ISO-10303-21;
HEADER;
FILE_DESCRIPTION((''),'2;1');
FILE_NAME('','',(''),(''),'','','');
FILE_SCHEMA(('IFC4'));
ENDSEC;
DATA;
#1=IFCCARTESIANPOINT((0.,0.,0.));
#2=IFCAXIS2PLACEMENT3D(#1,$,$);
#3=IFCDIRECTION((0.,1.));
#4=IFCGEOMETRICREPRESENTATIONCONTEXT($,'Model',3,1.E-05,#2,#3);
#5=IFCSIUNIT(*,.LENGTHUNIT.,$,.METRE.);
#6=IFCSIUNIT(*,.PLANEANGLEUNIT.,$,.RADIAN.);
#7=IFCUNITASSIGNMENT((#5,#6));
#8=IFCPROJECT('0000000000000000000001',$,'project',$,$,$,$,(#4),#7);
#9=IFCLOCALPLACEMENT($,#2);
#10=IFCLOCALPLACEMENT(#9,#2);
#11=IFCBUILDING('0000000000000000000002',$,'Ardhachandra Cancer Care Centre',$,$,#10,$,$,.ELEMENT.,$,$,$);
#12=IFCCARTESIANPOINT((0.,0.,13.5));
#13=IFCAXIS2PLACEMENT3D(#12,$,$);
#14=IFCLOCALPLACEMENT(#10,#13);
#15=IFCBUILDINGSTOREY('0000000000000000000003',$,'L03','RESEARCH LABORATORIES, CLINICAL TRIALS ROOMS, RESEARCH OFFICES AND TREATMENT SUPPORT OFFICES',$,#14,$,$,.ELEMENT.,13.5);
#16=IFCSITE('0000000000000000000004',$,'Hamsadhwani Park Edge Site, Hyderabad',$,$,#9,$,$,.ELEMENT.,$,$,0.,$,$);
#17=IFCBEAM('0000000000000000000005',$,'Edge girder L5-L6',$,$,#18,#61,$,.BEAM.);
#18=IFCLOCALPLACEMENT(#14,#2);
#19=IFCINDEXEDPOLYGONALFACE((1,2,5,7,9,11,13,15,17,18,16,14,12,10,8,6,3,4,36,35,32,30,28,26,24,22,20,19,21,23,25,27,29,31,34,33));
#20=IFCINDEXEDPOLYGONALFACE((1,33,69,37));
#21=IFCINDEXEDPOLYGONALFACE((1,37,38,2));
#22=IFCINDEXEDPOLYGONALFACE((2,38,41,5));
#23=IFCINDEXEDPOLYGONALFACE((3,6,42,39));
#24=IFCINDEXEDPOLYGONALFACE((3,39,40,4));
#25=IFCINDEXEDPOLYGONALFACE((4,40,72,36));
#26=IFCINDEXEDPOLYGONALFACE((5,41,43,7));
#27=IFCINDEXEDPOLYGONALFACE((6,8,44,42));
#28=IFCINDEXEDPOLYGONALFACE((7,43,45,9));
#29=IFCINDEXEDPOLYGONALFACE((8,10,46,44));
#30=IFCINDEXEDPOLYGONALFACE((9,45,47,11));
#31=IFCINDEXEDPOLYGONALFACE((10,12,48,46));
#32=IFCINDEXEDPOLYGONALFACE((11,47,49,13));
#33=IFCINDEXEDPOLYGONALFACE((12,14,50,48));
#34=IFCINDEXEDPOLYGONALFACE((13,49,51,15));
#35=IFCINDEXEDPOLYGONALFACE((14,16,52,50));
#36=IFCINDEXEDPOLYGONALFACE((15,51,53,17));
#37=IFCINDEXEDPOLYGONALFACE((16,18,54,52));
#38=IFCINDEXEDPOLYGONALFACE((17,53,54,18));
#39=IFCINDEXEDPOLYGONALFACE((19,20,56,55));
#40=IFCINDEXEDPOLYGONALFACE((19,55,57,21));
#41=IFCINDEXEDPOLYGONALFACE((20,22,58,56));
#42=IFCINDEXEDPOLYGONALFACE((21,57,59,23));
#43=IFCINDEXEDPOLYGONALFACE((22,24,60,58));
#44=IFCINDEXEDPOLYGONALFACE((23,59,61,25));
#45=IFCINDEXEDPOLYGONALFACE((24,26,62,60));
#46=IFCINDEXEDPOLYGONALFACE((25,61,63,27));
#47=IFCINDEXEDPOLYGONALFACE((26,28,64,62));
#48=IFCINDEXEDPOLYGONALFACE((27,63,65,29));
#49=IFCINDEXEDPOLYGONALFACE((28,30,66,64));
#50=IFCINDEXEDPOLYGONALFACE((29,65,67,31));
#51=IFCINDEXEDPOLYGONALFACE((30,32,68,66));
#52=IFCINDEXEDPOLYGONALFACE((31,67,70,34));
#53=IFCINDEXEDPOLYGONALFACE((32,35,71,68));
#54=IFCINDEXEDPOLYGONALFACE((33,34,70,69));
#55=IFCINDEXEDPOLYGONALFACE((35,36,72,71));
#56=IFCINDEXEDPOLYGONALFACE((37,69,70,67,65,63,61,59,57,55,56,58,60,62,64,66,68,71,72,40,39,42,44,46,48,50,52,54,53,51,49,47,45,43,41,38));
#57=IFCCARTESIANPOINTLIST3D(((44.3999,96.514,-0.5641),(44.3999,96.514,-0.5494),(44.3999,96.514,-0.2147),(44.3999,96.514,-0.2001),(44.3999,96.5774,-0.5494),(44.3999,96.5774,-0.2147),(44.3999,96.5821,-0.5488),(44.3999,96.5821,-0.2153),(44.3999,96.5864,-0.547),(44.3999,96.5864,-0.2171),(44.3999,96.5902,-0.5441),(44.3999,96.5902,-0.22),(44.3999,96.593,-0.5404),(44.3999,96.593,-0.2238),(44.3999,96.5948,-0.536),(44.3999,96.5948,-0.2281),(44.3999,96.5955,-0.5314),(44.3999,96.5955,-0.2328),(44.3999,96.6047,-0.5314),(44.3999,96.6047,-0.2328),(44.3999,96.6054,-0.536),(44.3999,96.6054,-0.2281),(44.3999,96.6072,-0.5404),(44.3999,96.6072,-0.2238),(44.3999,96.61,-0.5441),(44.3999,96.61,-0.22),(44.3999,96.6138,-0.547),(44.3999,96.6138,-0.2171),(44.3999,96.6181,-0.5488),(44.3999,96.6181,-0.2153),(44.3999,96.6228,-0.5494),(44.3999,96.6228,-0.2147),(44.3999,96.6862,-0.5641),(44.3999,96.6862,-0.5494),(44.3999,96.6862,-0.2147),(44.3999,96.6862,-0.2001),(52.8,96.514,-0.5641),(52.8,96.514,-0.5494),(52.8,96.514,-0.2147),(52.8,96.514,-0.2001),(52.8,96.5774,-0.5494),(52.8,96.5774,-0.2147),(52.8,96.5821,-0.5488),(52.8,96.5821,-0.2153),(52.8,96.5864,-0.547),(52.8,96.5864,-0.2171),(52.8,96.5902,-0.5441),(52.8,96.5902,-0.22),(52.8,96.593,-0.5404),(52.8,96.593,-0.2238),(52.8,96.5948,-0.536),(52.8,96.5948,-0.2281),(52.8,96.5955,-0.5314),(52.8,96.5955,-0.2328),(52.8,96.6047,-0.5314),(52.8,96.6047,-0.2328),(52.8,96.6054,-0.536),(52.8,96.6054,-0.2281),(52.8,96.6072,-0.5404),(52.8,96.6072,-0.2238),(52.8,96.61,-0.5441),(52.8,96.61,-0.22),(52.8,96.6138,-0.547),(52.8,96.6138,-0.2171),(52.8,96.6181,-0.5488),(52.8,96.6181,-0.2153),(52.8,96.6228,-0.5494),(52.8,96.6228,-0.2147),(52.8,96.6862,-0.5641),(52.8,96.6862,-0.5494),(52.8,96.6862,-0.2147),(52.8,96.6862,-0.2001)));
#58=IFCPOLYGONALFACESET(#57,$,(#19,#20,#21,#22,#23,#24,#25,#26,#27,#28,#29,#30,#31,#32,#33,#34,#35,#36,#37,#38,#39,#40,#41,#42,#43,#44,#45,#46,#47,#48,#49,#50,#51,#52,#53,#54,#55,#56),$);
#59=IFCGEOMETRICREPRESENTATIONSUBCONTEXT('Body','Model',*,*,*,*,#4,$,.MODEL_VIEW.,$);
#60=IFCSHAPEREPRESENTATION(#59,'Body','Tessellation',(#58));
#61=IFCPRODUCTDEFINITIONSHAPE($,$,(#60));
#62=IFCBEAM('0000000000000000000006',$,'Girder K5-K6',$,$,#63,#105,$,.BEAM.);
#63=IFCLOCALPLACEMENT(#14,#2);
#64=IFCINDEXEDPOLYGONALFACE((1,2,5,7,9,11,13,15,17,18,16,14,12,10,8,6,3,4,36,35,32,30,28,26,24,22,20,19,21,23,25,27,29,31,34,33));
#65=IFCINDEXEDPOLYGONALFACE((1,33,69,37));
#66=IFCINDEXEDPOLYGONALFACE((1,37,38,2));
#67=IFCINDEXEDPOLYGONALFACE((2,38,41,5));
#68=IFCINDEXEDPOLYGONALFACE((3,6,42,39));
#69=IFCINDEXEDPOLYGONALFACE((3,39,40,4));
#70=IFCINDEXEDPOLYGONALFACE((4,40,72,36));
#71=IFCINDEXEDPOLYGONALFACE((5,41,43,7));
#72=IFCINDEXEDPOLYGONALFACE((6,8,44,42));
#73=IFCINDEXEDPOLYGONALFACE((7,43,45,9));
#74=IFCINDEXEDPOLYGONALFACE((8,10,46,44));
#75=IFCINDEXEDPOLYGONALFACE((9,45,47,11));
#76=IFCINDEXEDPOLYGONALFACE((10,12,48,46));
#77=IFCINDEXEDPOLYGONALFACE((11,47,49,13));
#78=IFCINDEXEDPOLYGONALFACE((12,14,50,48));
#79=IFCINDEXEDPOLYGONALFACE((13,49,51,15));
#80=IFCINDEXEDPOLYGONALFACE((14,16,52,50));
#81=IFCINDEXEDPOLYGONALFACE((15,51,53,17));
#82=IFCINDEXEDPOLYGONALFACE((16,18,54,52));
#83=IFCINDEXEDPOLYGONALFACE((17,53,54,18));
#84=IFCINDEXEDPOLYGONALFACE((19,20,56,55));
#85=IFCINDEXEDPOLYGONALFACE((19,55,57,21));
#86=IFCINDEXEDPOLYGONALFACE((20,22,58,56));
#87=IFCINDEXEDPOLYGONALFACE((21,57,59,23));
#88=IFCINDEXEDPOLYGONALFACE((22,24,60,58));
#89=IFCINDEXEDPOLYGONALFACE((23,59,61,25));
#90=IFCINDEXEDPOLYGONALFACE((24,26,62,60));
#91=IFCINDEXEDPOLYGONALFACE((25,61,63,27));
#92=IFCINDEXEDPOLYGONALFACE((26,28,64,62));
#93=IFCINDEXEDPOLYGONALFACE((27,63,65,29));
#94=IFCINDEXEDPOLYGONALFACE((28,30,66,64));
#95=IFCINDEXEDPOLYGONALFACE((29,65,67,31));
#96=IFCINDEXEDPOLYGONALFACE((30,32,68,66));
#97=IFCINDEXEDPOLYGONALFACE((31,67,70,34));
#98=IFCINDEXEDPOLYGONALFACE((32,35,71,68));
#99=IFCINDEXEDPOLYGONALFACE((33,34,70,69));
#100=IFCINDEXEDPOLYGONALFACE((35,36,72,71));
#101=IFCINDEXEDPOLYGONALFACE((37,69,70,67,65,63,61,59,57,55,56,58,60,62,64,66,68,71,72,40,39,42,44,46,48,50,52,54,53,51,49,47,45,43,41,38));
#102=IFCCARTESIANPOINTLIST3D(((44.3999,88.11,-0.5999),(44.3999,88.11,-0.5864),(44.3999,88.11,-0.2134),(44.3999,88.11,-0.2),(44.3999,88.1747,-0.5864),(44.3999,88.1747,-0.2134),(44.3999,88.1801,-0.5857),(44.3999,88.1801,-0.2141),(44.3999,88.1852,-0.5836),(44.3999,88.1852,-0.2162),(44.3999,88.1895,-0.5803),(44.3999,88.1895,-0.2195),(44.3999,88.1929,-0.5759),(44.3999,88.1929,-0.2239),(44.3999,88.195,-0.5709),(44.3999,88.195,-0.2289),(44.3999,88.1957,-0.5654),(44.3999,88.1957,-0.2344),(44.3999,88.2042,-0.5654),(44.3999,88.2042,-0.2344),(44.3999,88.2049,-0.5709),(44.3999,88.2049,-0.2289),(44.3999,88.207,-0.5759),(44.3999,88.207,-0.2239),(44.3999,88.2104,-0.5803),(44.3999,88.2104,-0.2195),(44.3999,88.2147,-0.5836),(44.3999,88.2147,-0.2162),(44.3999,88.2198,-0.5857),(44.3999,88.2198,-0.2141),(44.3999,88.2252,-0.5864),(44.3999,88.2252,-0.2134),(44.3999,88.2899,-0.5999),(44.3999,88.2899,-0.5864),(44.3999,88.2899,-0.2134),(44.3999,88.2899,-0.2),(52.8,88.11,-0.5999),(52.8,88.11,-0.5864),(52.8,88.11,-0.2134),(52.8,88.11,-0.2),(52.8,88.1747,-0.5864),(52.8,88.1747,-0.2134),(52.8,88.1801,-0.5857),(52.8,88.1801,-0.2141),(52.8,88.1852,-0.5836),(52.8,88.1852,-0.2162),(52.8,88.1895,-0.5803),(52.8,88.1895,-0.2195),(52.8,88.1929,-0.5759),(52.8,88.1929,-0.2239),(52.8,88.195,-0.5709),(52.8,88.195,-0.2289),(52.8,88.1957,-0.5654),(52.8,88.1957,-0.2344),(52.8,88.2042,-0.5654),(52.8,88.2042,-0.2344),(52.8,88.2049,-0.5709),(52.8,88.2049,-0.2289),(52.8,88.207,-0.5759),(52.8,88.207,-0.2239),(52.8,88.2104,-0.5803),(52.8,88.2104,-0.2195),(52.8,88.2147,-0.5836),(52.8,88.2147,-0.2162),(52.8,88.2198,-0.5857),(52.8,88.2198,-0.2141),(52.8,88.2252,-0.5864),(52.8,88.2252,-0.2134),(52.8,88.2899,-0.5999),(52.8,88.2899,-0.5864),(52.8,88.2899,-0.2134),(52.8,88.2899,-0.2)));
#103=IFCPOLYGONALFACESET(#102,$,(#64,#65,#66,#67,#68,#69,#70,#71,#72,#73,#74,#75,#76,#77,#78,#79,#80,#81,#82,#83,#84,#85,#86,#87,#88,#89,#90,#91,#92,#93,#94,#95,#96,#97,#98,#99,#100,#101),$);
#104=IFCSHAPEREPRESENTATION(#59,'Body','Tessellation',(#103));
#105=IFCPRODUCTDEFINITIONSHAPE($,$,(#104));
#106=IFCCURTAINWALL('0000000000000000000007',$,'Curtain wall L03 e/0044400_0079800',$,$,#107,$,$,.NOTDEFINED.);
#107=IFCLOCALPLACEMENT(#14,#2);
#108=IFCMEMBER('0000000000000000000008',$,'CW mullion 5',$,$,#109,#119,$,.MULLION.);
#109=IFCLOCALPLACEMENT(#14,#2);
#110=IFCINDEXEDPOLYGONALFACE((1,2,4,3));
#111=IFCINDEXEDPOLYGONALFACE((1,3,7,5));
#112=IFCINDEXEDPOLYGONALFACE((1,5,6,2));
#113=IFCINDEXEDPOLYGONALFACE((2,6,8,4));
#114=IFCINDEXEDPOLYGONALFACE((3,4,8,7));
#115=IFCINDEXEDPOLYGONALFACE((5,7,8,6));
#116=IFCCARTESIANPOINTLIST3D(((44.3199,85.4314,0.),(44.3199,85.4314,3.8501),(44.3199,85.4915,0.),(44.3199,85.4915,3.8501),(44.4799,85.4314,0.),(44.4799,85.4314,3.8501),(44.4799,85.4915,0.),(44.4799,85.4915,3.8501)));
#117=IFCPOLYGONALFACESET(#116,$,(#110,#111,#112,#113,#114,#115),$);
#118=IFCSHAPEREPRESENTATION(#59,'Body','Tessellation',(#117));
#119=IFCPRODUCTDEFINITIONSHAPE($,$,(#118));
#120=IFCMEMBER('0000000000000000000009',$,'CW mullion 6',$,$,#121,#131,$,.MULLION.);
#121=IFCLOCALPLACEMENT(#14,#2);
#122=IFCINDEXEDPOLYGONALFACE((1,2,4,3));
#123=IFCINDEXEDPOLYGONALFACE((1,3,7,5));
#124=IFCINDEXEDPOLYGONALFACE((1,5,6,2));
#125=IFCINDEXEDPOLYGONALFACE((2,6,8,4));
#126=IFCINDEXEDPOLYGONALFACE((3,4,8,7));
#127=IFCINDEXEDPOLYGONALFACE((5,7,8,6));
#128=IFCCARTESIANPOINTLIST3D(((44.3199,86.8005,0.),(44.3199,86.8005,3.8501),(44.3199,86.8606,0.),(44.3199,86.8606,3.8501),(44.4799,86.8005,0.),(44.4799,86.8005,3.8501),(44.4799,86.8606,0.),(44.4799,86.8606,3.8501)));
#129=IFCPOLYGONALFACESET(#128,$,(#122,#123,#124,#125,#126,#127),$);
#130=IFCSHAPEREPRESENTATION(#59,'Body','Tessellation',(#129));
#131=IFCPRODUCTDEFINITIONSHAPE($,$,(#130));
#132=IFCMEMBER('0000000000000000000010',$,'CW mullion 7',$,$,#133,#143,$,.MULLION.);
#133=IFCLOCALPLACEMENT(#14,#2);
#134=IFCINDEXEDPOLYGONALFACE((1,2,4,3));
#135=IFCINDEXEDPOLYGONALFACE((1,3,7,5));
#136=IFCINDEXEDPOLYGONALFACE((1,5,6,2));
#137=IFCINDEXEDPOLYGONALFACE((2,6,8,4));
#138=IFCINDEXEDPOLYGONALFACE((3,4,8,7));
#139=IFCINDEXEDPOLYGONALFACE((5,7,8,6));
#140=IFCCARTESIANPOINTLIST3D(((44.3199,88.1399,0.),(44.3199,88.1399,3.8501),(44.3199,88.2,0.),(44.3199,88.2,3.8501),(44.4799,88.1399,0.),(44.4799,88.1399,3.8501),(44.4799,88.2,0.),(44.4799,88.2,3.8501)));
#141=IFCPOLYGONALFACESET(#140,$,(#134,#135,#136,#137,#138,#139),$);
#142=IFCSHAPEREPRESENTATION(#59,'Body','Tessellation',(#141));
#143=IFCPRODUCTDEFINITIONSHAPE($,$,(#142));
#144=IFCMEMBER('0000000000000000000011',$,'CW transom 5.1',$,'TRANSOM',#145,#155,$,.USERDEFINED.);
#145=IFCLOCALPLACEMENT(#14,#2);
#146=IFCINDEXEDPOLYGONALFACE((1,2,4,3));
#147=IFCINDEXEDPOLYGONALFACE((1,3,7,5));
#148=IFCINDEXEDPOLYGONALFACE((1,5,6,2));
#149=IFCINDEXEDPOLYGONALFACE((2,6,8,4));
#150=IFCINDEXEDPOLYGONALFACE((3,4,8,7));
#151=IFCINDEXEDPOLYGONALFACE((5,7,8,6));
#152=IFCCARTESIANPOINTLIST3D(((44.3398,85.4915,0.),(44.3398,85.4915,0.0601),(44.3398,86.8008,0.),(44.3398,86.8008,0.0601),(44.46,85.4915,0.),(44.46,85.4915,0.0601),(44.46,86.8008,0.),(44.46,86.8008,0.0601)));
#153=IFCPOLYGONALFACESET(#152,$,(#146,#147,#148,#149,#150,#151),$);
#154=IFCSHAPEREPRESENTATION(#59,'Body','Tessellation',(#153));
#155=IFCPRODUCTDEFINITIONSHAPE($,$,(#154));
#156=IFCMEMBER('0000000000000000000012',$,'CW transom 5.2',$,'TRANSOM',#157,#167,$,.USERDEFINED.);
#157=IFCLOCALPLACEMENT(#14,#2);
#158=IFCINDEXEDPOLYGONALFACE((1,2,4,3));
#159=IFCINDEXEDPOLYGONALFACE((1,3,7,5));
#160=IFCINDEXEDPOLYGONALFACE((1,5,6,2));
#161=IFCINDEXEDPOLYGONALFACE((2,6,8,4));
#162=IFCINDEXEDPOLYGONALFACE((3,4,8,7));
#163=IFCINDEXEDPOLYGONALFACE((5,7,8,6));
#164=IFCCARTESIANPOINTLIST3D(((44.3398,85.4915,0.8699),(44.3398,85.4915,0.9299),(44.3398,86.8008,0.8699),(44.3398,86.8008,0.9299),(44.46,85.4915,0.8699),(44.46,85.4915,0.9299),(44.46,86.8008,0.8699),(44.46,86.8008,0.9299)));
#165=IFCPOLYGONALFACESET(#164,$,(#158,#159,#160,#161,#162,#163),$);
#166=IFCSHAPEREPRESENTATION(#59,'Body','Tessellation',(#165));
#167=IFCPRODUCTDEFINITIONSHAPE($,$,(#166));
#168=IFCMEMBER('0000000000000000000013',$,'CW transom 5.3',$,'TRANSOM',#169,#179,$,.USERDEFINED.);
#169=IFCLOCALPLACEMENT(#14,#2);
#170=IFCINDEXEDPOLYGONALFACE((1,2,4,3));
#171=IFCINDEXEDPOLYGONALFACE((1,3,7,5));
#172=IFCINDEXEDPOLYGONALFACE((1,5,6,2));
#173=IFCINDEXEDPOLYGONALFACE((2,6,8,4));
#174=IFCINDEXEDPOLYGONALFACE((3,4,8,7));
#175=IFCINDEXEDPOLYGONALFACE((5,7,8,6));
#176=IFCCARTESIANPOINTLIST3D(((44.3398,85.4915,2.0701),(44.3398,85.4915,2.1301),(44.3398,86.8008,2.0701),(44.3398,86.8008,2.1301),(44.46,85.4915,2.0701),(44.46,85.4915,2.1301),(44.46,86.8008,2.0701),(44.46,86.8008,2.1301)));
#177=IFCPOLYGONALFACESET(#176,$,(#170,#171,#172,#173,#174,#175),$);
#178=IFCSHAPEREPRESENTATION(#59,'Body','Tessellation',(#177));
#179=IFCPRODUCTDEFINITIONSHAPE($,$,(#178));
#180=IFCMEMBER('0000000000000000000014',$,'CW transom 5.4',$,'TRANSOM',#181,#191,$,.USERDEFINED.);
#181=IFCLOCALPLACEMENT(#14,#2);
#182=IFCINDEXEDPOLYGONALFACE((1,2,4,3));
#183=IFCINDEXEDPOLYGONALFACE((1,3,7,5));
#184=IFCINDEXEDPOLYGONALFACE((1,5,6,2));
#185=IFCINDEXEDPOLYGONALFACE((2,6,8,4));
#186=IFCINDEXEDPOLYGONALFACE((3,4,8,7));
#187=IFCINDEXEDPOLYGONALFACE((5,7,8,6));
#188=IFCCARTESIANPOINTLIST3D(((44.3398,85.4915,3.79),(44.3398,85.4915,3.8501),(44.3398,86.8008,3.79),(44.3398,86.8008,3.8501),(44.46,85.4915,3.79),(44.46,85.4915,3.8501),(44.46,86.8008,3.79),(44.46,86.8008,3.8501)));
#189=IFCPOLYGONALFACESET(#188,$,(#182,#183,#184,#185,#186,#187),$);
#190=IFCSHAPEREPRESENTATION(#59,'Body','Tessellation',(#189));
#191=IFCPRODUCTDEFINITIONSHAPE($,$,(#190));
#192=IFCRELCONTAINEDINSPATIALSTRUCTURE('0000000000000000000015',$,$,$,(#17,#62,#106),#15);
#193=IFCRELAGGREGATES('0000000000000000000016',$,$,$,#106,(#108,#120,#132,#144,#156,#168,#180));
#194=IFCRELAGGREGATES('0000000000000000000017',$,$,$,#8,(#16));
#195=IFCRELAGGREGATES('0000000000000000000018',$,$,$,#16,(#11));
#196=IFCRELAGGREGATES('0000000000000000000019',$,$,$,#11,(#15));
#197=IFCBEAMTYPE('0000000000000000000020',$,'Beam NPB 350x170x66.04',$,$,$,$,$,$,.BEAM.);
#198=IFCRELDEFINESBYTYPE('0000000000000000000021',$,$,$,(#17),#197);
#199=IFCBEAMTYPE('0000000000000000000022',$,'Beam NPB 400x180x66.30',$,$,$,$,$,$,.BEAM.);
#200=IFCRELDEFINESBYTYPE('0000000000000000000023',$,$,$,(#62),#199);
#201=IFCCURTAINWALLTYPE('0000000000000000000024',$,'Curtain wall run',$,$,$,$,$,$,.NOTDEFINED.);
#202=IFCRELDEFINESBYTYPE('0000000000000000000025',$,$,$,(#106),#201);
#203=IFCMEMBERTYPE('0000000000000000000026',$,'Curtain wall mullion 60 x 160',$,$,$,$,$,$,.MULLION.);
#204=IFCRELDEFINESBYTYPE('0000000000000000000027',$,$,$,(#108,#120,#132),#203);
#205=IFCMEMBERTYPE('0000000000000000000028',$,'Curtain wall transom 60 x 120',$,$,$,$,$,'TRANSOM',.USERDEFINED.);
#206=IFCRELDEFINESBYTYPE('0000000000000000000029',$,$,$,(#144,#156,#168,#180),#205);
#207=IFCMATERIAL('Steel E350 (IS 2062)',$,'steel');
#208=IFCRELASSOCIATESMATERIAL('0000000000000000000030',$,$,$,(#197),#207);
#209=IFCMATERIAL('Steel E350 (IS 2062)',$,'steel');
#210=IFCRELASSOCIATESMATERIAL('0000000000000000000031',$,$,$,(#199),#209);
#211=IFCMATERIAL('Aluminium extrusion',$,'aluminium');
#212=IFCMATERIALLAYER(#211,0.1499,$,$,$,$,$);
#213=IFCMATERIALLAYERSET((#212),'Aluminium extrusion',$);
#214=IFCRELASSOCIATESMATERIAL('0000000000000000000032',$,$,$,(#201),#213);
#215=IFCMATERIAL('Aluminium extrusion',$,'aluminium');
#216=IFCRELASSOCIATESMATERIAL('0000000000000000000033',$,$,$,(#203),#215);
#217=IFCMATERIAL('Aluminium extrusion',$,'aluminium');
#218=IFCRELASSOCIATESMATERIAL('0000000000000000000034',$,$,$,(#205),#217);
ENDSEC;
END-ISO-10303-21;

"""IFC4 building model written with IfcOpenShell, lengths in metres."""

from ifc_helpers import new_model, si_unit, direction, frame, origin, origin_2d, place, context, subcontext, project, spatial, rectangle, i_section, extrude, material, layer, layer_set, material_profile, profile_set, type_object, element, aggregate, save


model = new_model("IFC4")

# Units and contexts
model_context = context("Model", 3, precision=1e-05, world=origin(), true_north=direction((0.0, 1.0)))
body_context = subcontext(model_context, "Body", "Model", "MODEL_VIEW")
ifc_project = project(units=[si_unit("LENGTHUNIT", "METRE"), si_unit("PLANEANGLEUNIT", "RADIAN")], contexts=[model_context])

# Site, building, storey
site_placement = place(None, origin())
site = spatial("IfcSite", under=ifc_project, at=site_placement, Name="Hamsadhwani Park Edge Site, Hyderabad", CompositionType="ELEMENT", RefElevation=0.0)
building_placement = place(site_placement, origin())
building = spatial("IfcBuilding", under=site, at=building_placement, Name="Ardhachandra Cancer Care Centre", CompositionType="ELEMENT")
storey_placement = place(building_placement, frame((0.0, 0.0, 13.5)))
storey = spatial("IfcBuildingStorey", under=building, at=storey_placement, Name="L03", Description="RESEARCH LABORATORIES, CLINICAL TRIALS ROOMS, RESEARCH OFFICES AND TREATMENT SUPPORT OFFICES", CompositionType="ELEMENT", Elevation=13.5)

# Beams
ifc_material_1 = material(Name="Steel E350 (IS 2062)", Category="steel")
ifc_material_profile_1 = material_profile(ifc_material_1, i_section(OverallWidth=0.1721, OverallDepth=0.364, WebThickness=0.0093, FlangeThickness=0.0146, FilletRadius=0.0181, at=origin_2d()), Name="NPB 350x170x66.04")
ifc_profile_set_1 = profile_set([ifc_material_profile_1], Name="Steel E350 (IS 2062)")
beam_type_1 = type_object("IfcBeamType", Name="Beam NPB 350x170x66.04", PredefinedType="BEAM", material=ifc_profile_set_1)
beam_1_placement = place(storey_placement, frame((44.3999, 96.6001, -0.3821), z_axis=(1.0, 0.0, 0.0), x_axis=(0.0, 1.0, 0.0)))
element("IfcBeam", 1, at=beam_1_placement, inside=storey, type_object=beam_type_1, Name="Edge girder L5-L6", PredefinedType="BEAM", context=body_context, shape_type="SweptSolid", body=[
    extrude(i_section(OverallWidth=0.1721, OverallDepth=0.364, WebThickness=0.0093, FlangeThickness=0.0146, FilletRadius=0.0181, at=origin_2d()), origin(), (0.0, 0.0, 1.0), 8.4001),
])
ifc_material_2 = material(Name="Steel E350 (IS 2062)", Category="steel")
ifc_material_profile_2 = material_profile(ifc_material_2, i_section(OverallWidth=0.1799, OverallDepth=0.3999, WebThickness=0.0085, FlangeThickness=0.0134, FilletRadius=0.021, at=origin_2d()), Name="NPB 400x180x66.30")
ifc_profile_set_2 = profile_set([ifc_material_profile_2], Name="Steel E350 (IS 2062)")
beam_type_2 = type_object("IfcBeamType", Name="Beam NPB 400x180x66.30", PredefinedType="BEAM", material=ifc_profile_set_2)
beam_2_placement = place(storey_placement, frame((44.3999, 88.2, -0.3999), z_axis=(1.0, 0.0, 0.0), x_axis=(0.0, 1.0, 0.0)))
element("IfcBeam", 2, at=beam_2_placement, inside=storey, type_object=beam_type_2, Name="Girder K5-K6", PredefinedType="BEAM", context=body_context, shape_type="SweptSolid", body=[
    extrude(i_section(OverallWidth=0.1799, OverallDepth=0.3999, WebThickness=0.0085, FlangeThickness=0.0134, FilletRadius=0.021, at=origin_2d()), origin(), (0.0, 0.0, 1.0), 8.4001),
])

# Curtain wall, members
ifc_material_3 = material(Name="Aluminium extrusion", Category="aluminium")
ifc_layer_1 = layer(ifc_material_3, 0.1499)
ifc_layer_set_1 = layer_set([ifc_layer_1], Name="Aluminium extrusion")
curtain_wall_type = type_object("IfcCurtainWallType", Name="Curtain wall run", PredefinedType="NOTDEFINED", material=ifc_layer_set_1)
curtain_wall_placement = place(storey_placement, origin())
curtain_wall = element("IfcCurtainWall", 3, at=curtain_wall_placement, inside=storey, type_object=curtain_wall_type, Name="Curtain wall L03 e/0044400_0079800", PredefinedType="NOTDEFINED")
ifc_material_4 = material(Name="Aluminium extrusion", Category="aluminium")
ifc_material_profile_3 = material_profile(ifc_material_4, rectangle(XDim=0.1599, YDim=0.0601, at=origin_2d()), Name="Curtain wall mullion 60 x 160")
ifc_profile_set_3 = profile_set([ifc_material_profile_3], Name="Aluminium extrusion")
member_type_1 = type_object("IfcMemberType", Name="Curtain wall mullion 60 x 160", PredefinedType="MULLION", material=ifc_profile_set_3)
member_1_placement = place(storey_placement, frame((44.3999, 85.4614, 0.0), z_axis=(0.0, 0.0, 1.0), x_axis=(-1.0, 0.0, 0.0)))
member_1 = element("IfcMember", 4, at=member_1_placement, type_object=member_type_1, Name="CW mullion 5", PredefinedType="MULLION", context=body_context, shape_type="SweptSolid", body=[
    extrude(rectangle(XDim=0.1599, YDim=0.0601, at=origin_2d()), origin(), (0.0, 0.0, 1.0), 3.8501),
])
member_2_placement = place(storey_placement, frame((44.3999, 86.8306, 0.0), z_axis=(0.0, 0.0, 1.0), x_axis=(-1.0, 0.0, 0.0)))
member_2 = element("IfcMember", 5, at=member_2_placement, type_object=member_type_1, Name="CW mullion 6", PredefinedType="MULLION", context=body_context, shape_type="SweptSolid", body=[
    extrude(rectangle(XDim=0.1599, YDim=0.0601, at=origin_2d()), origin(), (0.0, 0.0, 1.0), 3.8501),
])
member_3_placement = place(storey_placement, frame((44.3999, 88.1699, 0.0), z_axis=(0.0, 0.0, 1.0), x_axis=(-1.0, 0.0, 0.0)))
member_3 = element("IfcMember", 6, at=member_3_placement, type_object=member_type_1, Name="CW mullion 7", PredefinedType="MULLION", context=body_context, shape_type="SweptSolid", body=[
    extrude(rectangle(XDim=0.1599, YDim=0.0601, at=origin_2d()), origin(), (0.0, 0.0, 1.0), 3.8501),
])
ifc_material_5 = material(Name="Aluminium extrusion", Category="aluminium")
ifc_material_profile_4 = material_profile(ifc_material_5, rectangle(XDim=0.1201, YDim=0.0601, at=origin_2d()), Name="Curtain wall transom 60 x 120")
ifc_profile_set_4 = profile_set([ifc_material_profile_4], Name="Aluminium extrusion")
member_type_2 = type_object("IfcMemberType", Name="Curtain wall transom 60 x 120", ElementType="TRANSOM", PredefinedType="USERDEFINED", material=ifc_profile_set_4)
member_4_placement = place(storey_placement, frame((44.3999, 85.4915, 0.03), z_axis=(0.0, 1.0, 0.0), x_axis=(-1.0, 0.0, 0.0)))
member_4 = element("IfcMember", 7, at=member_4_placement, type_object=member_type_2, Name="CW transom 5.1", ObjectType="TRANSOM", PredefinedType="USERDEFINED", context=body_context, shape_type="SweptSolid", body=[
    extrude(rectangle(XDim=0.1201, YDim=0.0601, at=origin_2d()), origin(), (0.0, 0.0, 1.0), 1.3093),
])
member_5_placement = place(storey_placement, frame((44.3999, 85.4915, 0.8999), z_axis=(0.0, 1.0, 0.0), x_axis=(-1.0, 0.0, 0.0)))
member_5 = element("IfcMember", 8, at=member_5_placement, type_object=member_type_2, Name="CW transom 5.2", ObjectType="TRANSOM", PredefinedType="USERDEFINED", context=body_context, shape_type="SweptSolid", body=[
    extrude(rectangle(XDim=0.1201, YDim=0.0601, at=origin_2d()), origin(), (0.0, 0.0, 1.0), 1.3093),
])
member_6_placement = place(storey_placement, frame((44.3999, 85.4915, 2.1001), z_axis=(0.0, 1.0, 0.0), x_axis=(-1.0, 0.0, 0.0)))
member_6 = element("IfcMember", 9, at=member_6_placement, type_object=member_type_2, Name="CW transom 5.3", ObjectType="TRANSOM", PredefinedType="USERDEFINED", context=body_context, shape_type="SweptSolid", body=[
    extrude(rectangle(XDim=0.1201, YDim=0.0601, at=origin_2d()), origin(), (0.0, 0.0, 1.0), 1.3093),
])
member_7_placement = place(storey_placement, frame((44.3999, 85.4915, 3.8201), z_axis=(0.0, 1.0, 0.0), x_axis=(-1.0, 0.0, 0.0)))
member_7 = element("IfcMember", 10, at=member_7_placement, type_object=member_type_2, Name="CW transom 5.4", ObjectType="TRANSOM", PredefinedType="USERDEFINED", context=body_context, shape_type="SweptSolid", body=[
    extrude(rectangle(XDim=0.1201, YDim=0.0601, at=origin_2d()), origin(), (0.0, 0.0, 1.0), 1.3093),
])
aggregate(curtain_wall, [member_1, member_2, member_3, member_4, member_5, member_6, member_7])

save(model, "model.ifc")
